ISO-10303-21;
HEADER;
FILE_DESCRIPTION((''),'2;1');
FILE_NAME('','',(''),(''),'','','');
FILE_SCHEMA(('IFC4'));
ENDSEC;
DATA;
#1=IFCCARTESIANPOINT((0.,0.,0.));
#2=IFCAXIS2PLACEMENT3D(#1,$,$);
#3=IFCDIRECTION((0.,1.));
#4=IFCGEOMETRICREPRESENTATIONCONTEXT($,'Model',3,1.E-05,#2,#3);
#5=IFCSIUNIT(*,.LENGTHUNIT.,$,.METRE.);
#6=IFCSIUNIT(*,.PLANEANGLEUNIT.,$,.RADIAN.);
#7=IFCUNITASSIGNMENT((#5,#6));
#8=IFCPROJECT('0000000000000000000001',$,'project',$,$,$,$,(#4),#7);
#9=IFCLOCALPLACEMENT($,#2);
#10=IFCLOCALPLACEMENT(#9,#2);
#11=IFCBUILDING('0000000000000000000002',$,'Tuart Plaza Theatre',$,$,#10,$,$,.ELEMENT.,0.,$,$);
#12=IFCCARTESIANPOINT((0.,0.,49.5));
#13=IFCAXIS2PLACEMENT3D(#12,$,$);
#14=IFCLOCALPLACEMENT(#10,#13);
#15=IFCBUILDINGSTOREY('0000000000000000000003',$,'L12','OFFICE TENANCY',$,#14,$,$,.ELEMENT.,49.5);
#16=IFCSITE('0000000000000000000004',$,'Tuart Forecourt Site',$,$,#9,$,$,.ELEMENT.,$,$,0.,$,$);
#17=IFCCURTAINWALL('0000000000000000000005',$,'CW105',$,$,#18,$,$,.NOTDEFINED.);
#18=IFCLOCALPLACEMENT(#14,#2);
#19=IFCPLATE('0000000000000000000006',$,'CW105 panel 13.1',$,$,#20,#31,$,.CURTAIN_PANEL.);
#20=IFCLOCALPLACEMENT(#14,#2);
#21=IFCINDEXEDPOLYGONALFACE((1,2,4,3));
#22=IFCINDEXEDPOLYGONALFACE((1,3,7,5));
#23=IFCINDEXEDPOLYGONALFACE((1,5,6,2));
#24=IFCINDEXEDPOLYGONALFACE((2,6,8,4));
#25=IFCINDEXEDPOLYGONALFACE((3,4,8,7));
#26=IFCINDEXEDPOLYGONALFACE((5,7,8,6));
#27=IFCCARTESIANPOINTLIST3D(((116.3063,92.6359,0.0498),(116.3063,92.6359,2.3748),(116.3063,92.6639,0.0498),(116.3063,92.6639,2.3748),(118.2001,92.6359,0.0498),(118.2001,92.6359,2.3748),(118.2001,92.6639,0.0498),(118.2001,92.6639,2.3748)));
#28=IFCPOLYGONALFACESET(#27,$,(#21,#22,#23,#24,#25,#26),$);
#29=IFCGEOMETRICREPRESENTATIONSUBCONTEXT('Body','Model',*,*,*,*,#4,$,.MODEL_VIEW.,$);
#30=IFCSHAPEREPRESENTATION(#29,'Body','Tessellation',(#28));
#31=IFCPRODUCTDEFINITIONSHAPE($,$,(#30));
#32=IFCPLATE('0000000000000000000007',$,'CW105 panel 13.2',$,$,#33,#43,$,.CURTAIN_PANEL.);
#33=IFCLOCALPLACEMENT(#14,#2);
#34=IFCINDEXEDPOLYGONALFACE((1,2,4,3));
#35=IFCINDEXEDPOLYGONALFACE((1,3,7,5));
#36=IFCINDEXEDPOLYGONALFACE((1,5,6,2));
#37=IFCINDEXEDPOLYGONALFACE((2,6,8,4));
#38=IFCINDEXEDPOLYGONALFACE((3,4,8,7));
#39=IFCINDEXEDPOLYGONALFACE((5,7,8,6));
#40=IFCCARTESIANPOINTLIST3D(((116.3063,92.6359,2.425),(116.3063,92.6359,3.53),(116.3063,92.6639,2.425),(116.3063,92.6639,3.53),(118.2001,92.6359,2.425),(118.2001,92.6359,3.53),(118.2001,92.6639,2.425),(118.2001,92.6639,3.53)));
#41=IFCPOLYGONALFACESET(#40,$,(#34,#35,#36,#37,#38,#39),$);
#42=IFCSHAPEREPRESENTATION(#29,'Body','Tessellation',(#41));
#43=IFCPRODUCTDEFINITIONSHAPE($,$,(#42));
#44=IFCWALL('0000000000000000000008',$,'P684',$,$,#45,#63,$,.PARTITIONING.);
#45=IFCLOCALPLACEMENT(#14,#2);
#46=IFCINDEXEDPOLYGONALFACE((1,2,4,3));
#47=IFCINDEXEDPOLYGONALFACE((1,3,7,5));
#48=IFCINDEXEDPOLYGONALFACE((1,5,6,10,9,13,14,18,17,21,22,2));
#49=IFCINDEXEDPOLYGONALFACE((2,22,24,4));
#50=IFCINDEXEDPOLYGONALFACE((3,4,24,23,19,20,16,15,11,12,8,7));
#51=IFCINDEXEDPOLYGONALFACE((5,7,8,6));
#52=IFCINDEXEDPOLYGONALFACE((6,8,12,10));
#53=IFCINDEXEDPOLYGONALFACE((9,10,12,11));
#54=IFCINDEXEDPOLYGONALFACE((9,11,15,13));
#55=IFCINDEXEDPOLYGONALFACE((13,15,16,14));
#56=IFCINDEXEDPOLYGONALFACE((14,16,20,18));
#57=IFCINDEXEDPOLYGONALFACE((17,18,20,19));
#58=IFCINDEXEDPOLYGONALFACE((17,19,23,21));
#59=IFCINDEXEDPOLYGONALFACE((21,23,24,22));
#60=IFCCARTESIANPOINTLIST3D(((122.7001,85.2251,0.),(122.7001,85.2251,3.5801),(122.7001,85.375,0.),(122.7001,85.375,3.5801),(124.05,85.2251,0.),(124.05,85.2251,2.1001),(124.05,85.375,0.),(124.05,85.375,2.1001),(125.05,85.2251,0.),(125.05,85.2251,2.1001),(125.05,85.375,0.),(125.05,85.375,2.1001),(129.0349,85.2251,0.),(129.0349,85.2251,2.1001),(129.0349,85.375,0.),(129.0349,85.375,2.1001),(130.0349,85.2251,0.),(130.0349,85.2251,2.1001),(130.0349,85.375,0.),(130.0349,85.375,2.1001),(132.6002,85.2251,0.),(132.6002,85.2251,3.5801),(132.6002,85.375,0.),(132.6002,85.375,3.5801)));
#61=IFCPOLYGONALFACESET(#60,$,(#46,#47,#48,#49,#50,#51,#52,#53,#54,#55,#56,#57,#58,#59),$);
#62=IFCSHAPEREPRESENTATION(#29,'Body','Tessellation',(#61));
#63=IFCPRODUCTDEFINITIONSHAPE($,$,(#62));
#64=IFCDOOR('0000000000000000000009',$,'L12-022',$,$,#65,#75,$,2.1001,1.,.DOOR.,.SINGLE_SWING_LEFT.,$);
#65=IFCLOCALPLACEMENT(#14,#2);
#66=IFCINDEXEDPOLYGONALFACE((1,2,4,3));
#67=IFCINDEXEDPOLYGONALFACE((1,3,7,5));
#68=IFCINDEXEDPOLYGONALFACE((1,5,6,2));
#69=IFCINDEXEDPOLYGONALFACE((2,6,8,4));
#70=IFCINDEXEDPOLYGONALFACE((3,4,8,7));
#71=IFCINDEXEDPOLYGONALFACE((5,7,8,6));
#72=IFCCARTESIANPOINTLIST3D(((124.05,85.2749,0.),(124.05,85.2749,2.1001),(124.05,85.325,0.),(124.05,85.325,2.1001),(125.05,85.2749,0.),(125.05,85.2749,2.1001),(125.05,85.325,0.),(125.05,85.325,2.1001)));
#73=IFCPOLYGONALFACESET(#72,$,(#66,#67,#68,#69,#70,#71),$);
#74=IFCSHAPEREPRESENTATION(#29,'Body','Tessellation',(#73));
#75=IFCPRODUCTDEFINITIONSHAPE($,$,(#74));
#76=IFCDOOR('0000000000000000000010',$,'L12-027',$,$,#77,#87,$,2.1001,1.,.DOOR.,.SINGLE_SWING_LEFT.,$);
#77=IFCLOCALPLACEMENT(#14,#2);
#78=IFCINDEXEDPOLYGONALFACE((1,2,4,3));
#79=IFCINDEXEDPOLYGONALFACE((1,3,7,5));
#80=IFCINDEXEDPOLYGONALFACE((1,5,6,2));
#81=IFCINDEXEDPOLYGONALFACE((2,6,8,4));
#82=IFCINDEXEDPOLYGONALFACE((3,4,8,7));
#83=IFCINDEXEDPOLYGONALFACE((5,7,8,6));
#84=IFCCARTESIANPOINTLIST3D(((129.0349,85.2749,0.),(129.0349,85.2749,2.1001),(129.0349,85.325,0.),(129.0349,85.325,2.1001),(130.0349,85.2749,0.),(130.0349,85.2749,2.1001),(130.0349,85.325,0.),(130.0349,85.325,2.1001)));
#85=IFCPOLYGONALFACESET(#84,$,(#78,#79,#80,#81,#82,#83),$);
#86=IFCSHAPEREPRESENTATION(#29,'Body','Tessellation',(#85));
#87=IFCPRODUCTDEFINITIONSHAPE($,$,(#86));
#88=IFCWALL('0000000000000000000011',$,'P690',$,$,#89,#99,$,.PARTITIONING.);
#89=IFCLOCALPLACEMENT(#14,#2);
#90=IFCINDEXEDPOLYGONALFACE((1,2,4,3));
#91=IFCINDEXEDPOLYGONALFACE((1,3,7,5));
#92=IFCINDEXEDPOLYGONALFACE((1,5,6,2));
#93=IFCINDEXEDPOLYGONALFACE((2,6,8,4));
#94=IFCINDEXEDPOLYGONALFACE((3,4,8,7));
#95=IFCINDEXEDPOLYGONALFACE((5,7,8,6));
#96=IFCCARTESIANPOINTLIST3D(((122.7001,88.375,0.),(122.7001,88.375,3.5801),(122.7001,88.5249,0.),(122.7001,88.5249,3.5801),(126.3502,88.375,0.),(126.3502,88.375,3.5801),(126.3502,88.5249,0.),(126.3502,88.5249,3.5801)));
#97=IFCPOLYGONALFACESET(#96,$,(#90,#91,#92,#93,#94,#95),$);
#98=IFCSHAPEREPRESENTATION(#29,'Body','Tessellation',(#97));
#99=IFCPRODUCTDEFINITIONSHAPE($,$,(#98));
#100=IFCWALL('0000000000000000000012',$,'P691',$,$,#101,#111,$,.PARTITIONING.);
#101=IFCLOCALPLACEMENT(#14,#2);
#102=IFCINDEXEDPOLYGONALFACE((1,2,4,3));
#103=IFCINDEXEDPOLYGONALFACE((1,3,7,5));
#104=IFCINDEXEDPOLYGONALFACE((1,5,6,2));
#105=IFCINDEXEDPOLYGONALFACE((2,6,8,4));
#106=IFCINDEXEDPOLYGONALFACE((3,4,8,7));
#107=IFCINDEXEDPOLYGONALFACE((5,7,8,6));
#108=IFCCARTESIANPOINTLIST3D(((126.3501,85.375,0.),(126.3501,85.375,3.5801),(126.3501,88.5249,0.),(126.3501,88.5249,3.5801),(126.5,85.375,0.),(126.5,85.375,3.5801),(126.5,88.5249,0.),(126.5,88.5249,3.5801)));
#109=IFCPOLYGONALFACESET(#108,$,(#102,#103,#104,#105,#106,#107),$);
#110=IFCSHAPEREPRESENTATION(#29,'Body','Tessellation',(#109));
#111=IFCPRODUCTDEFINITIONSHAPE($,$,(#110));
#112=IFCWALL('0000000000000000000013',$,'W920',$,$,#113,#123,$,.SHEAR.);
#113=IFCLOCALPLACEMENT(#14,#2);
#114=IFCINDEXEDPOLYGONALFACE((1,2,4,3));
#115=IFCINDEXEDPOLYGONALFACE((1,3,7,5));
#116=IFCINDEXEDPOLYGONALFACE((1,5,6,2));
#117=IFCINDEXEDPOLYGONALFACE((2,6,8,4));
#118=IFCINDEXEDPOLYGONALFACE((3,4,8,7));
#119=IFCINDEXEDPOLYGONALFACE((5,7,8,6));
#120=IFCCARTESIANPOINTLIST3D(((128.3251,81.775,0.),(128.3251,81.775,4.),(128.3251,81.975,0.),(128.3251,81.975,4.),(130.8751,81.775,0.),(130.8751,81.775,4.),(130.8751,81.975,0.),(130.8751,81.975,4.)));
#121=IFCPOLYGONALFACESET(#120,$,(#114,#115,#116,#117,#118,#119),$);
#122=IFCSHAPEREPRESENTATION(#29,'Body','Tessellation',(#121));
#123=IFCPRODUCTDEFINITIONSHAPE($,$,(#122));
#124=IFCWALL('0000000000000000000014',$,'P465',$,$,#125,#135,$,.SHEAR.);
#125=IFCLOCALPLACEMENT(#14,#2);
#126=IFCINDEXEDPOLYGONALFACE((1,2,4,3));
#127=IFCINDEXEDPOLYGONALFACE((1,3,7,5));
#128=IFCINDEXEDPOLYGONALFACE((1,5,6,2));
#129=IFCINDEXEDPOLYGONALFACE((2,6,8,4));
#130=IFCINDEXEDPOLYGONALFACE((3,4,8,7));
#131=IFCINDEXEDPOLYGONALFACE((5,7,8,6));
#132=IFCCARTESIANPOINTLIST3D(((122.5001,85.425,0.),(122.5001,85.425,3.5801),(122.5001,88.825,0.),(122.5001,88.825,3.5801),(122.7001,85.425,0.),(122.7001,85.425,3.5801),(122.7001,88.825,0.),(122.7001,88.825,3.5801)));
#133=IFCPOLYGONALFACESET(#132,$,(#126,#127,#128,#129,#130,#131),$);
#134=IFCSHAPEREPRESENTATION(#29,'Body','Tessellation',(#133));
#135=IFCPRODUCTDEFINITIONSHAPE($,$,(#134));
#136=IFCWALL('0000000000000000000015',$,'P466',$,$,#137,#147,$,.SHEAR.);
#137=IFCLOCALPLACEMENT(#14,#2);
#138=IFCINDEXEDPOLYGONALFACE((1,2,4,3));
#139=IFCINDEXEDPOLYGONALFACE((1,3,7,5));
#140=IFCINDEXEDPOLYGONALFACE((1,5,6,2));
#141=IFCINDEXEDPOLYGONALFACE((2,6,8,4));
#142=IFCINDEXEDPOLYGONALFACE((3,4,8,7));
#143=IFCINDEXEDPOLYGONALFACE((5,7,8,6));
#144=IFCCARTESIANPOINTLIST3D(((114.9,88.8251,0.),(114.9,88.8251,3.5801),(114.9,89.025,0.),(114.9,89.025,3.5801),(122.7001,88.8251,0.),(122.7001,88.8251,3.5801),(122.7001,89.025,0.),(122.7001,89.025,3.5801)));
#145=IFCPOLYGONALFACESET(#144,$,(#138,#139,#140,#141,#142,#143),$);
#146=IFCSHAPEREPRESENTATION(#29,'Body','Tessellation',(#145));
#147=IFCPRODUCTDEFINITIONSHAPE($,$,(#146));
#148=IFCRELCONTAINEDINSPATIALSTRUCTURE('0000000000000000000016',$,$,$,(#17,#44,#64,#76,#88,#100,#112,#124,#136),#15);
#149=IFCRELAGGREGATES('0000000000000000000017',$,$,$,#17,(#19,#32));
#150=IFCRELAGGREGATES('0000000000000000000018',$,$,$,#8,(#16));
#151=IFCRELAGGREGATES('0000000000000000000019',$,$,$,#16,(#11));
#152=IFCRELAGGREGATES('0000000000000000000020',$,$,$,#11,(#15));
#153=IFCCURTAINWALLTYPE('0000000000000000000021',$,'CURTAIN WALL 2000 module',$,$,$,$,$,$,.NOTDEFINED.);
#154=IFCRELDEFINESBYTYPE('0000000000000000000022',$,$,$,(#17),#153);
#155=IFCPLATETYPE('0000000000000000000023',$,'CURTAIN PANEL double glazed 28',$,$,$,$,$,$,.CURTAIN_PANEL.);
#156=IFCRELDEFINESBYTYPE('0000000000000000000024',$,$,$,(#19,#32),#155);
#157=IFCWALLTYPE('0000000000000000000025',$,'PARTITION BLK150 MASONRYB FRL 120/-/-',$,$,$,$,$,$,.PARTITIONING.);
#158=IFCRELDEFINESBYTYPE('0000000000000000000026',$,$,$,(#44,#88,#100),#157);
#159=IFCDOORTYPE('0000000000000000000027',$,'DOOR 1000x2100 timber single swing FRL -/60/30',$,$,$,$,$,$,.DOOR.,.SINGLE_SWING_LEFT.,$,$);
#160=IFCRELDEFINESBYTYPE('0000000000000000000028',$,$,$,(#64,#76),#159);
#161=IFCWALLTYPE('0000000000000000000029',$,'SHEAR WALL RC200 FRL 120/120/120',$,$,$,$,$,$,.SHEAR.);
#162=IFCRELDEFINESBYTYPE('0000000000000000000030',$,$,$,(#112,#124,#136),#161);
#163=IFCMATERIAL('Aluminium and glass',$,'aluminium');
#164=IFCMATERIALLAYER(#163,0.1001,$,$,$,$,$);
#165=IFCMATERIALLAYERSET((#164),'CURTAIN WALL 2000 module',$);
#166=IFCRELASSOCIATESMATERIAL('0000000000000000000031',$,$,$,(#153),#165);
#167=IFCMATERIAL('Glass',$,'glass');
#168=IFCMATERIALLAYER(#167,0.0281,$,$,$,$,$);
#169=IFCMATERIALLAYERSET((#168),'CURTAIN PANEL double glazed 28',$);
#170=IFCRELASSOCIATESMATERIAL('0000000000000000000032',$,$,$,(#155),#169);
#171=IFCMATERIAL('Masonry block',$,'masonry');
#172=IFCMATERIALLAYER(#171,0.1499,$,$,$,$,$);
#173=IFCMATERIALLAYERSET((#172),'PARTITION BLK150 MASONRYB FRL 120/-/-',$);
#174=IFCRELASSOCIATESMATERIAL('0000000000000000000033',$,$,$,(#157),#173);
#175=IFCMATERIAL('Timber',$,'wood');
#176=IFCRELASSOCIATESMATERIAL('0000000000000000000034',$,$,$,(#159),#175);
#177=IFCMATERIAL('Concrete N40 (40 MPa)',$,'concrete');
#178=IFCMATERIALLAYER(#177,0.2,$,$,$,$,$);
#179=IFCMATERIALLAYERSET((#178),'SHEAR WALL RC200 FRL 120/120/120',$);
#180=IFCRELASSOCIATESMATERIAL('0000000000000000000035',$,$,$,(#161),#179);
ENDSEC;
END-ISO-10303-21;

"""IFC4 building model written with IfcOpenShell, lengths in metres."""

from ifc_helpers import new_model, si_unit, direction, frame, frame_2d, origin, origin_2d, place, context, subcontext, project, spatial, rectangle, extrude, material, layer, layer_set, type_object, element, fill, aggregate, save


model = new_model("IFC4")

# Units and contexts
model_context = context("Model", 3, precision=1e-05, world=origin(), true_north=direction((0.0, 1.0)))
body_context = subcontext(model_context, "Body", "Model", "MODEL_VIEW")
ifc_project = project(units=[si_unit("LENGTHUNIT", "METRE"), si_unit("PLANEANGLEUNIT", "RADIAN")], contexts=[model_context])

# Site, building, storey
site_placement = place(None, origin())
site = spatial("IfcSite", under=ifc_project, at=site_placement, Name="Tuart Forecourt Site", CompositionType="ELEMENT", RefElevation=0.0)
building_placement = place(site_placement, origin())
building = spatial("IfcBuilding", under=site, at=building_placement, Name="Tuart Plaza Theatre", CompositionType="ELEMENT", ElevationOfRefHeight=0.0)
storey_placement = place(building_placement, frame((0.0, 0.0, 49.5)))
storey = spatial("IfcBuildingStorey", under=building, at=storey_placement, Name="L12", Description="OFFICE TENANCY", CompositionType="ELEMENT", Elevation=49.5)

# Curtain wall, plates
ifc_material_1 = material(Name="Aluminium and glass", Category="aluminium")
ifc_layer_1 = layer(ifc_material_1, 0.1001)
ifc_layer_set_1 = layer_set([ifc_layer_1], Name="CURTAIN WALL 2000 module")
curtain_wall_type = type_object("IfcCurtainWallType", Name="CURTAIN WALL 2000 module", PredefinedType="NOTDEFINED", material=ifc_layer_set_1)
curtain_wall_placement = place(storey_placement, origin())
curtain_wall = element("IfcCurtainWall", 1, at=curtain_wall_placement, inside=storey, type_object=curtain_wall_type, Name="CW105", PredefinedType="NOTDEFINED")
ifc_material_2 = material(Name="Glass", Category="glass")
ifc_layer_2 = layer(ifc_material_2, 0.0281)
ifc_layer_set_2 = layer_set([ifc_layer_2], Name="CURTAIN PANEL double glazed 28")
plate_type = type_object("IfcPlateType", Name="CURTAIN PANEL double glazed 28", PredefinedType="CURTAIN_PANEL", material=ifc_layer_set_2)
plate_1_placement = place(storey_placement, frame((117.2532, 92.6499, 0.0498), z_axis=(0.0, 0.0, 1.0), x_axis=(-1.0, 0.0, 0.0)))
plate_1 = element("IfcPlate", 2, at=plate_1_placement, type_object=plate_type, Name="CW105 panel 13.1", PredefinedType="CURTAIN_PANEL", context=body_context, shape_type="SweptSolid", body=[
    extrude(rectangle(XDim=1.8938, YDim=0.0281, at=origin_2d()), origin(), (0.0, 0.0, 1.0), 2.325),
])
plate_2_placement = place(storey_placement, frame((117.2532, 92.6499, 2.425), z_axis=(0.0, 0.0, 1.0), x_axis=(-1.0, 0.0, 0.0)))
plate_2 = element("IfcPlate", 3, at=plate_2_placement, type_object=plate_type, Name="CW105 panel 13.2", PredefinedType="CURTAIN_PANEL", context=body_context, shape_type="SweptSolid", body=[
    extrude(rectangle(XDim=1.8938, YDim=0.0281, at=origin_2d()), origin(), (0.0, 0.0, 1.0), 1.105),
])
aggregate(curtain_wall, [plate_1, plate_2])

# Wall, openings, doors
ifc_material_3 = material(Name="Masonry block", Category="masonry")
ifc_layer_3 = layer(ifc_material_3, 0.1499)
ifc_layer_set_3 = layer_set([ifc_layer_3], Name="PARTITION BLK150 MASONRYB FRL 120/-/-")
wall_type_1 = type_object("IfcWallType", Name="PARTITION BLK150 MASONRYB FRL 120/-/-", PredefinedType="PARTITIONING", material=ifc_layer_set_3)
wall_1_placement = place(storey_placement, frame((122.7, 85.3, 0.0), z_axis=(0.0, 0.0, 1.0), x_axis=(1.0, 0.0, 0.0)))
wall_1 = element("IfcWall", 4, at=wall_1_placement, inside=storey, type_object=wall_type_1, Name="P684", PredefinedType="PARTITIONING", context=body_context, shape_type="SweptSolid", body=[
    extrude(rectangle(XDim=9.9001, YDim=0.1499, at=frame_2d((4.9502, 0.0))), origin(), (0.0, 0.0, 1.0), 3.5801),
])
opening_1_placement = place(wall_1_placement, frame((1.3501, 0.0, 0.0)))
opening_1 = element("IfcOpeningElement", 5, at=opening_1_placement, cuts=wall_1, PredefinedType="OPENING", context=body_context, shape_type="SweptSolid", body=[
    extrude(rectangle(XDim=1.0, YDim=2.1001, at=frame_2d((0.5, 1.05))), frame((0.0, 0.085, 0.0), z_axis=(0.0, -1.0, 0.0), x_axis=(1.0, 0.0, 0.0)), (0.0, 0.0, 1.0), 0.1699),
])
opening_2_placement = place(wall_1_placement, frame((6.335, 0.0, 0.0)))
opening_2 = element("IfcOpeningElement", 6, at=opening_2_placement, cuts=wall_1, PredefinedType="OPENING", context=body_context, shape_type="SweptSolid", body=[
    extrude(rectangle(XDim=1.0, YDim=2.1001, at=frame_2d((0.5, 1.05))), frame((0.0, 0.085, 0.0), z_axis=(0.0, -1.0, 0.0), x_axis=(1.0, 0.0, 0.0)), (0.0, 0.0, 1.0), 0.1699),
])
ifc_material_4 = material(Name="Timber", Category="wood")
door_type_1 = type_object("IfcDoorType", Name="DOOR 1000x2100 timber single swing FRL -/60/30", OperationType="SINGLE_SWING_LEFT", PredefinedType="DOOR", material=ifc_material_4)
door_1_placement = place(opening_1_placement, origin())
door_1 = element("IfcDoor", 7, at=door_1_placement, inside=storey, type_object=door_type_1, Name="L12-022", OperationType="SINGLE_SWING_LEFT", OverallHeight=2.1001, OverallWidth=1.0, PredefinedType="DOOR", context=body_context, shape_type="SweptSolid", body=[
    extrude(rectangle(XDim=1.0, YDim=2.1001, at=frame_2d((0.5, 1.05))), frame((0.0, 0.0249, 0.0), z_axis=(0.0, -1.0, 0.0), x_axis=(1.0, 0.0, 0.0)), (0.0, 0.0, 1.0), 0.05),
])
fill(opening_1, door_1)
door_2_placement = place(opening_2_placement, origin())
door_2 = element("IfcDoor", 8, at=door_2_placement, inside=storey, type_object=door_type_1, Name="L12-027", OperationType="SINGLE_SWING_LEFT", OverallHeight=2.1001, OverallWidth=1.0, PredefinedType="DOOR", context=body_context, shape_type="SweptSolid", body=[
    extrude(rectangle(XDim=1.0, YDim=2.1001, at=frame_2d((0.5, 1.05))), frame((0.0, 0.0249, 0.0), z_axis=(0.0, -1.0, 0.0), x_axis=(1.0, 0.0, 0.0)), (0.0, 0.0, 1.0), 0.05),
])
fill(opening_2, door_2)

# Walls
wall_2_placement = place(storey_placement, frame((122.7, 88.45, 0.0), z_axis=(0.0, 0.0, 1.0), x_axis=(1.0, 0.0, 0.0)))
element("IfcWall", 9, at=wall_2_placement, inside=storey, type_object=wall_type_1, Name="P690", PredefinedType="PARTITIONING", context=body_context, shape_type="SweptSolid", body=[
    extrude(rectangle(XDim=3.6501, YDim=0.1499, at=frame_2d((1.8252, 0.0))), origin(), (0.0, 0.0, 1.0), 3.5801),
])
wall_3_placement = place(storey_placement, frame((126.425, 85.375, 0.0), z_axis=(0.0, 0.0, 1.0), x_axis=(0.0, 1.0, 0.0)))
element("IfcWall", 10, at=wall_3_placement, inside=storey, type_object=wall_type_1, Name="P691", PredefinedType="PARTITIONING", context=body_context, shape_type="SweptSolid", body=[
    extrude(rectangle(XDim=3.1499, YDim=0.1499, at=frame_2d((1.575, 0.0))), origin(), (0.0, 0.0, 1.0), 3.5801),
])
ifc_material_5 = material(Name="Concrete N40 (40 MPa)", Category="concrete")
ifc_layer_4 = layer(ifc_material_5, 0.2)
ifc_layer_set_4 = layer_set([ifc_layer_4], Name="SHEAR WALL RC200 FRL 120/120/120")
wall_type_2 = type_object("IfcWallType", Name="SHEAR WALL RC200 FRL 120/120/120", PredefinedType="SHEAR", material=ifc_layer_set_4)
wall_4_placement = place(storey_placement, frame((130.875, 81.875, 0.0), z_axis=(0.0, 0.0, 1.0), x_axis=(-1.0, 0.0, 0.0)))
element("IfcWall", 11, at=wall_4_placement, inside=storey, type_object=wall_type_2, Name="W920", PredefinedType="SHEAR", context=body_context, shape_type="SweptSolid", body=[
    extrude(rectangle(XDim=2.55, YDim=0.2, at=frame_2d((1.2749, 0.0))), origin(), (0.0, 0.0, 1.0), 4.0),
])
wall_5_placement = place(storey_placement, frame((122.6001, 85.425, 0.0), z_axis=(0.0, 0.0, 1.0), x_axis=(0.0, 1.0, 0.0)))
element("IfcWall", 12, at=wall_5_placement, inside=storey, type_object=wall_type_2, Name="P465", PredefinedType="SHEAR", context=body_context, shape_type="SweptSolid", body=[
    extrude(rectangle(XDim=3.3999, YDim=0.2, at=frame_2d((1.7, 0.0))), origin(), (0.0, 0.0, 1.0), 3.5801),
])
wall_6_placement = place(storey_placement, frame((122.7, 88.925, 0.0), z_axis=(0.0, 0.0, 1.0), x_axis=(-1.0, 0.0, 0.0)))
element("IfcWall", 13, at=wall_6_placement, inside=storey, type_object=wall_type_2, Name="P466", PredefinedType="SHEAR", context=body_context, shape_type="SweptSolid", body=[
    extrude(rectangle(XDim=7.8, YDim=0.2, at=frame_2d((3.8999, 0.0))), origin(), (0.0, 0.0, 1.0), 3.5801),
])

save(model, "model.ifc")
